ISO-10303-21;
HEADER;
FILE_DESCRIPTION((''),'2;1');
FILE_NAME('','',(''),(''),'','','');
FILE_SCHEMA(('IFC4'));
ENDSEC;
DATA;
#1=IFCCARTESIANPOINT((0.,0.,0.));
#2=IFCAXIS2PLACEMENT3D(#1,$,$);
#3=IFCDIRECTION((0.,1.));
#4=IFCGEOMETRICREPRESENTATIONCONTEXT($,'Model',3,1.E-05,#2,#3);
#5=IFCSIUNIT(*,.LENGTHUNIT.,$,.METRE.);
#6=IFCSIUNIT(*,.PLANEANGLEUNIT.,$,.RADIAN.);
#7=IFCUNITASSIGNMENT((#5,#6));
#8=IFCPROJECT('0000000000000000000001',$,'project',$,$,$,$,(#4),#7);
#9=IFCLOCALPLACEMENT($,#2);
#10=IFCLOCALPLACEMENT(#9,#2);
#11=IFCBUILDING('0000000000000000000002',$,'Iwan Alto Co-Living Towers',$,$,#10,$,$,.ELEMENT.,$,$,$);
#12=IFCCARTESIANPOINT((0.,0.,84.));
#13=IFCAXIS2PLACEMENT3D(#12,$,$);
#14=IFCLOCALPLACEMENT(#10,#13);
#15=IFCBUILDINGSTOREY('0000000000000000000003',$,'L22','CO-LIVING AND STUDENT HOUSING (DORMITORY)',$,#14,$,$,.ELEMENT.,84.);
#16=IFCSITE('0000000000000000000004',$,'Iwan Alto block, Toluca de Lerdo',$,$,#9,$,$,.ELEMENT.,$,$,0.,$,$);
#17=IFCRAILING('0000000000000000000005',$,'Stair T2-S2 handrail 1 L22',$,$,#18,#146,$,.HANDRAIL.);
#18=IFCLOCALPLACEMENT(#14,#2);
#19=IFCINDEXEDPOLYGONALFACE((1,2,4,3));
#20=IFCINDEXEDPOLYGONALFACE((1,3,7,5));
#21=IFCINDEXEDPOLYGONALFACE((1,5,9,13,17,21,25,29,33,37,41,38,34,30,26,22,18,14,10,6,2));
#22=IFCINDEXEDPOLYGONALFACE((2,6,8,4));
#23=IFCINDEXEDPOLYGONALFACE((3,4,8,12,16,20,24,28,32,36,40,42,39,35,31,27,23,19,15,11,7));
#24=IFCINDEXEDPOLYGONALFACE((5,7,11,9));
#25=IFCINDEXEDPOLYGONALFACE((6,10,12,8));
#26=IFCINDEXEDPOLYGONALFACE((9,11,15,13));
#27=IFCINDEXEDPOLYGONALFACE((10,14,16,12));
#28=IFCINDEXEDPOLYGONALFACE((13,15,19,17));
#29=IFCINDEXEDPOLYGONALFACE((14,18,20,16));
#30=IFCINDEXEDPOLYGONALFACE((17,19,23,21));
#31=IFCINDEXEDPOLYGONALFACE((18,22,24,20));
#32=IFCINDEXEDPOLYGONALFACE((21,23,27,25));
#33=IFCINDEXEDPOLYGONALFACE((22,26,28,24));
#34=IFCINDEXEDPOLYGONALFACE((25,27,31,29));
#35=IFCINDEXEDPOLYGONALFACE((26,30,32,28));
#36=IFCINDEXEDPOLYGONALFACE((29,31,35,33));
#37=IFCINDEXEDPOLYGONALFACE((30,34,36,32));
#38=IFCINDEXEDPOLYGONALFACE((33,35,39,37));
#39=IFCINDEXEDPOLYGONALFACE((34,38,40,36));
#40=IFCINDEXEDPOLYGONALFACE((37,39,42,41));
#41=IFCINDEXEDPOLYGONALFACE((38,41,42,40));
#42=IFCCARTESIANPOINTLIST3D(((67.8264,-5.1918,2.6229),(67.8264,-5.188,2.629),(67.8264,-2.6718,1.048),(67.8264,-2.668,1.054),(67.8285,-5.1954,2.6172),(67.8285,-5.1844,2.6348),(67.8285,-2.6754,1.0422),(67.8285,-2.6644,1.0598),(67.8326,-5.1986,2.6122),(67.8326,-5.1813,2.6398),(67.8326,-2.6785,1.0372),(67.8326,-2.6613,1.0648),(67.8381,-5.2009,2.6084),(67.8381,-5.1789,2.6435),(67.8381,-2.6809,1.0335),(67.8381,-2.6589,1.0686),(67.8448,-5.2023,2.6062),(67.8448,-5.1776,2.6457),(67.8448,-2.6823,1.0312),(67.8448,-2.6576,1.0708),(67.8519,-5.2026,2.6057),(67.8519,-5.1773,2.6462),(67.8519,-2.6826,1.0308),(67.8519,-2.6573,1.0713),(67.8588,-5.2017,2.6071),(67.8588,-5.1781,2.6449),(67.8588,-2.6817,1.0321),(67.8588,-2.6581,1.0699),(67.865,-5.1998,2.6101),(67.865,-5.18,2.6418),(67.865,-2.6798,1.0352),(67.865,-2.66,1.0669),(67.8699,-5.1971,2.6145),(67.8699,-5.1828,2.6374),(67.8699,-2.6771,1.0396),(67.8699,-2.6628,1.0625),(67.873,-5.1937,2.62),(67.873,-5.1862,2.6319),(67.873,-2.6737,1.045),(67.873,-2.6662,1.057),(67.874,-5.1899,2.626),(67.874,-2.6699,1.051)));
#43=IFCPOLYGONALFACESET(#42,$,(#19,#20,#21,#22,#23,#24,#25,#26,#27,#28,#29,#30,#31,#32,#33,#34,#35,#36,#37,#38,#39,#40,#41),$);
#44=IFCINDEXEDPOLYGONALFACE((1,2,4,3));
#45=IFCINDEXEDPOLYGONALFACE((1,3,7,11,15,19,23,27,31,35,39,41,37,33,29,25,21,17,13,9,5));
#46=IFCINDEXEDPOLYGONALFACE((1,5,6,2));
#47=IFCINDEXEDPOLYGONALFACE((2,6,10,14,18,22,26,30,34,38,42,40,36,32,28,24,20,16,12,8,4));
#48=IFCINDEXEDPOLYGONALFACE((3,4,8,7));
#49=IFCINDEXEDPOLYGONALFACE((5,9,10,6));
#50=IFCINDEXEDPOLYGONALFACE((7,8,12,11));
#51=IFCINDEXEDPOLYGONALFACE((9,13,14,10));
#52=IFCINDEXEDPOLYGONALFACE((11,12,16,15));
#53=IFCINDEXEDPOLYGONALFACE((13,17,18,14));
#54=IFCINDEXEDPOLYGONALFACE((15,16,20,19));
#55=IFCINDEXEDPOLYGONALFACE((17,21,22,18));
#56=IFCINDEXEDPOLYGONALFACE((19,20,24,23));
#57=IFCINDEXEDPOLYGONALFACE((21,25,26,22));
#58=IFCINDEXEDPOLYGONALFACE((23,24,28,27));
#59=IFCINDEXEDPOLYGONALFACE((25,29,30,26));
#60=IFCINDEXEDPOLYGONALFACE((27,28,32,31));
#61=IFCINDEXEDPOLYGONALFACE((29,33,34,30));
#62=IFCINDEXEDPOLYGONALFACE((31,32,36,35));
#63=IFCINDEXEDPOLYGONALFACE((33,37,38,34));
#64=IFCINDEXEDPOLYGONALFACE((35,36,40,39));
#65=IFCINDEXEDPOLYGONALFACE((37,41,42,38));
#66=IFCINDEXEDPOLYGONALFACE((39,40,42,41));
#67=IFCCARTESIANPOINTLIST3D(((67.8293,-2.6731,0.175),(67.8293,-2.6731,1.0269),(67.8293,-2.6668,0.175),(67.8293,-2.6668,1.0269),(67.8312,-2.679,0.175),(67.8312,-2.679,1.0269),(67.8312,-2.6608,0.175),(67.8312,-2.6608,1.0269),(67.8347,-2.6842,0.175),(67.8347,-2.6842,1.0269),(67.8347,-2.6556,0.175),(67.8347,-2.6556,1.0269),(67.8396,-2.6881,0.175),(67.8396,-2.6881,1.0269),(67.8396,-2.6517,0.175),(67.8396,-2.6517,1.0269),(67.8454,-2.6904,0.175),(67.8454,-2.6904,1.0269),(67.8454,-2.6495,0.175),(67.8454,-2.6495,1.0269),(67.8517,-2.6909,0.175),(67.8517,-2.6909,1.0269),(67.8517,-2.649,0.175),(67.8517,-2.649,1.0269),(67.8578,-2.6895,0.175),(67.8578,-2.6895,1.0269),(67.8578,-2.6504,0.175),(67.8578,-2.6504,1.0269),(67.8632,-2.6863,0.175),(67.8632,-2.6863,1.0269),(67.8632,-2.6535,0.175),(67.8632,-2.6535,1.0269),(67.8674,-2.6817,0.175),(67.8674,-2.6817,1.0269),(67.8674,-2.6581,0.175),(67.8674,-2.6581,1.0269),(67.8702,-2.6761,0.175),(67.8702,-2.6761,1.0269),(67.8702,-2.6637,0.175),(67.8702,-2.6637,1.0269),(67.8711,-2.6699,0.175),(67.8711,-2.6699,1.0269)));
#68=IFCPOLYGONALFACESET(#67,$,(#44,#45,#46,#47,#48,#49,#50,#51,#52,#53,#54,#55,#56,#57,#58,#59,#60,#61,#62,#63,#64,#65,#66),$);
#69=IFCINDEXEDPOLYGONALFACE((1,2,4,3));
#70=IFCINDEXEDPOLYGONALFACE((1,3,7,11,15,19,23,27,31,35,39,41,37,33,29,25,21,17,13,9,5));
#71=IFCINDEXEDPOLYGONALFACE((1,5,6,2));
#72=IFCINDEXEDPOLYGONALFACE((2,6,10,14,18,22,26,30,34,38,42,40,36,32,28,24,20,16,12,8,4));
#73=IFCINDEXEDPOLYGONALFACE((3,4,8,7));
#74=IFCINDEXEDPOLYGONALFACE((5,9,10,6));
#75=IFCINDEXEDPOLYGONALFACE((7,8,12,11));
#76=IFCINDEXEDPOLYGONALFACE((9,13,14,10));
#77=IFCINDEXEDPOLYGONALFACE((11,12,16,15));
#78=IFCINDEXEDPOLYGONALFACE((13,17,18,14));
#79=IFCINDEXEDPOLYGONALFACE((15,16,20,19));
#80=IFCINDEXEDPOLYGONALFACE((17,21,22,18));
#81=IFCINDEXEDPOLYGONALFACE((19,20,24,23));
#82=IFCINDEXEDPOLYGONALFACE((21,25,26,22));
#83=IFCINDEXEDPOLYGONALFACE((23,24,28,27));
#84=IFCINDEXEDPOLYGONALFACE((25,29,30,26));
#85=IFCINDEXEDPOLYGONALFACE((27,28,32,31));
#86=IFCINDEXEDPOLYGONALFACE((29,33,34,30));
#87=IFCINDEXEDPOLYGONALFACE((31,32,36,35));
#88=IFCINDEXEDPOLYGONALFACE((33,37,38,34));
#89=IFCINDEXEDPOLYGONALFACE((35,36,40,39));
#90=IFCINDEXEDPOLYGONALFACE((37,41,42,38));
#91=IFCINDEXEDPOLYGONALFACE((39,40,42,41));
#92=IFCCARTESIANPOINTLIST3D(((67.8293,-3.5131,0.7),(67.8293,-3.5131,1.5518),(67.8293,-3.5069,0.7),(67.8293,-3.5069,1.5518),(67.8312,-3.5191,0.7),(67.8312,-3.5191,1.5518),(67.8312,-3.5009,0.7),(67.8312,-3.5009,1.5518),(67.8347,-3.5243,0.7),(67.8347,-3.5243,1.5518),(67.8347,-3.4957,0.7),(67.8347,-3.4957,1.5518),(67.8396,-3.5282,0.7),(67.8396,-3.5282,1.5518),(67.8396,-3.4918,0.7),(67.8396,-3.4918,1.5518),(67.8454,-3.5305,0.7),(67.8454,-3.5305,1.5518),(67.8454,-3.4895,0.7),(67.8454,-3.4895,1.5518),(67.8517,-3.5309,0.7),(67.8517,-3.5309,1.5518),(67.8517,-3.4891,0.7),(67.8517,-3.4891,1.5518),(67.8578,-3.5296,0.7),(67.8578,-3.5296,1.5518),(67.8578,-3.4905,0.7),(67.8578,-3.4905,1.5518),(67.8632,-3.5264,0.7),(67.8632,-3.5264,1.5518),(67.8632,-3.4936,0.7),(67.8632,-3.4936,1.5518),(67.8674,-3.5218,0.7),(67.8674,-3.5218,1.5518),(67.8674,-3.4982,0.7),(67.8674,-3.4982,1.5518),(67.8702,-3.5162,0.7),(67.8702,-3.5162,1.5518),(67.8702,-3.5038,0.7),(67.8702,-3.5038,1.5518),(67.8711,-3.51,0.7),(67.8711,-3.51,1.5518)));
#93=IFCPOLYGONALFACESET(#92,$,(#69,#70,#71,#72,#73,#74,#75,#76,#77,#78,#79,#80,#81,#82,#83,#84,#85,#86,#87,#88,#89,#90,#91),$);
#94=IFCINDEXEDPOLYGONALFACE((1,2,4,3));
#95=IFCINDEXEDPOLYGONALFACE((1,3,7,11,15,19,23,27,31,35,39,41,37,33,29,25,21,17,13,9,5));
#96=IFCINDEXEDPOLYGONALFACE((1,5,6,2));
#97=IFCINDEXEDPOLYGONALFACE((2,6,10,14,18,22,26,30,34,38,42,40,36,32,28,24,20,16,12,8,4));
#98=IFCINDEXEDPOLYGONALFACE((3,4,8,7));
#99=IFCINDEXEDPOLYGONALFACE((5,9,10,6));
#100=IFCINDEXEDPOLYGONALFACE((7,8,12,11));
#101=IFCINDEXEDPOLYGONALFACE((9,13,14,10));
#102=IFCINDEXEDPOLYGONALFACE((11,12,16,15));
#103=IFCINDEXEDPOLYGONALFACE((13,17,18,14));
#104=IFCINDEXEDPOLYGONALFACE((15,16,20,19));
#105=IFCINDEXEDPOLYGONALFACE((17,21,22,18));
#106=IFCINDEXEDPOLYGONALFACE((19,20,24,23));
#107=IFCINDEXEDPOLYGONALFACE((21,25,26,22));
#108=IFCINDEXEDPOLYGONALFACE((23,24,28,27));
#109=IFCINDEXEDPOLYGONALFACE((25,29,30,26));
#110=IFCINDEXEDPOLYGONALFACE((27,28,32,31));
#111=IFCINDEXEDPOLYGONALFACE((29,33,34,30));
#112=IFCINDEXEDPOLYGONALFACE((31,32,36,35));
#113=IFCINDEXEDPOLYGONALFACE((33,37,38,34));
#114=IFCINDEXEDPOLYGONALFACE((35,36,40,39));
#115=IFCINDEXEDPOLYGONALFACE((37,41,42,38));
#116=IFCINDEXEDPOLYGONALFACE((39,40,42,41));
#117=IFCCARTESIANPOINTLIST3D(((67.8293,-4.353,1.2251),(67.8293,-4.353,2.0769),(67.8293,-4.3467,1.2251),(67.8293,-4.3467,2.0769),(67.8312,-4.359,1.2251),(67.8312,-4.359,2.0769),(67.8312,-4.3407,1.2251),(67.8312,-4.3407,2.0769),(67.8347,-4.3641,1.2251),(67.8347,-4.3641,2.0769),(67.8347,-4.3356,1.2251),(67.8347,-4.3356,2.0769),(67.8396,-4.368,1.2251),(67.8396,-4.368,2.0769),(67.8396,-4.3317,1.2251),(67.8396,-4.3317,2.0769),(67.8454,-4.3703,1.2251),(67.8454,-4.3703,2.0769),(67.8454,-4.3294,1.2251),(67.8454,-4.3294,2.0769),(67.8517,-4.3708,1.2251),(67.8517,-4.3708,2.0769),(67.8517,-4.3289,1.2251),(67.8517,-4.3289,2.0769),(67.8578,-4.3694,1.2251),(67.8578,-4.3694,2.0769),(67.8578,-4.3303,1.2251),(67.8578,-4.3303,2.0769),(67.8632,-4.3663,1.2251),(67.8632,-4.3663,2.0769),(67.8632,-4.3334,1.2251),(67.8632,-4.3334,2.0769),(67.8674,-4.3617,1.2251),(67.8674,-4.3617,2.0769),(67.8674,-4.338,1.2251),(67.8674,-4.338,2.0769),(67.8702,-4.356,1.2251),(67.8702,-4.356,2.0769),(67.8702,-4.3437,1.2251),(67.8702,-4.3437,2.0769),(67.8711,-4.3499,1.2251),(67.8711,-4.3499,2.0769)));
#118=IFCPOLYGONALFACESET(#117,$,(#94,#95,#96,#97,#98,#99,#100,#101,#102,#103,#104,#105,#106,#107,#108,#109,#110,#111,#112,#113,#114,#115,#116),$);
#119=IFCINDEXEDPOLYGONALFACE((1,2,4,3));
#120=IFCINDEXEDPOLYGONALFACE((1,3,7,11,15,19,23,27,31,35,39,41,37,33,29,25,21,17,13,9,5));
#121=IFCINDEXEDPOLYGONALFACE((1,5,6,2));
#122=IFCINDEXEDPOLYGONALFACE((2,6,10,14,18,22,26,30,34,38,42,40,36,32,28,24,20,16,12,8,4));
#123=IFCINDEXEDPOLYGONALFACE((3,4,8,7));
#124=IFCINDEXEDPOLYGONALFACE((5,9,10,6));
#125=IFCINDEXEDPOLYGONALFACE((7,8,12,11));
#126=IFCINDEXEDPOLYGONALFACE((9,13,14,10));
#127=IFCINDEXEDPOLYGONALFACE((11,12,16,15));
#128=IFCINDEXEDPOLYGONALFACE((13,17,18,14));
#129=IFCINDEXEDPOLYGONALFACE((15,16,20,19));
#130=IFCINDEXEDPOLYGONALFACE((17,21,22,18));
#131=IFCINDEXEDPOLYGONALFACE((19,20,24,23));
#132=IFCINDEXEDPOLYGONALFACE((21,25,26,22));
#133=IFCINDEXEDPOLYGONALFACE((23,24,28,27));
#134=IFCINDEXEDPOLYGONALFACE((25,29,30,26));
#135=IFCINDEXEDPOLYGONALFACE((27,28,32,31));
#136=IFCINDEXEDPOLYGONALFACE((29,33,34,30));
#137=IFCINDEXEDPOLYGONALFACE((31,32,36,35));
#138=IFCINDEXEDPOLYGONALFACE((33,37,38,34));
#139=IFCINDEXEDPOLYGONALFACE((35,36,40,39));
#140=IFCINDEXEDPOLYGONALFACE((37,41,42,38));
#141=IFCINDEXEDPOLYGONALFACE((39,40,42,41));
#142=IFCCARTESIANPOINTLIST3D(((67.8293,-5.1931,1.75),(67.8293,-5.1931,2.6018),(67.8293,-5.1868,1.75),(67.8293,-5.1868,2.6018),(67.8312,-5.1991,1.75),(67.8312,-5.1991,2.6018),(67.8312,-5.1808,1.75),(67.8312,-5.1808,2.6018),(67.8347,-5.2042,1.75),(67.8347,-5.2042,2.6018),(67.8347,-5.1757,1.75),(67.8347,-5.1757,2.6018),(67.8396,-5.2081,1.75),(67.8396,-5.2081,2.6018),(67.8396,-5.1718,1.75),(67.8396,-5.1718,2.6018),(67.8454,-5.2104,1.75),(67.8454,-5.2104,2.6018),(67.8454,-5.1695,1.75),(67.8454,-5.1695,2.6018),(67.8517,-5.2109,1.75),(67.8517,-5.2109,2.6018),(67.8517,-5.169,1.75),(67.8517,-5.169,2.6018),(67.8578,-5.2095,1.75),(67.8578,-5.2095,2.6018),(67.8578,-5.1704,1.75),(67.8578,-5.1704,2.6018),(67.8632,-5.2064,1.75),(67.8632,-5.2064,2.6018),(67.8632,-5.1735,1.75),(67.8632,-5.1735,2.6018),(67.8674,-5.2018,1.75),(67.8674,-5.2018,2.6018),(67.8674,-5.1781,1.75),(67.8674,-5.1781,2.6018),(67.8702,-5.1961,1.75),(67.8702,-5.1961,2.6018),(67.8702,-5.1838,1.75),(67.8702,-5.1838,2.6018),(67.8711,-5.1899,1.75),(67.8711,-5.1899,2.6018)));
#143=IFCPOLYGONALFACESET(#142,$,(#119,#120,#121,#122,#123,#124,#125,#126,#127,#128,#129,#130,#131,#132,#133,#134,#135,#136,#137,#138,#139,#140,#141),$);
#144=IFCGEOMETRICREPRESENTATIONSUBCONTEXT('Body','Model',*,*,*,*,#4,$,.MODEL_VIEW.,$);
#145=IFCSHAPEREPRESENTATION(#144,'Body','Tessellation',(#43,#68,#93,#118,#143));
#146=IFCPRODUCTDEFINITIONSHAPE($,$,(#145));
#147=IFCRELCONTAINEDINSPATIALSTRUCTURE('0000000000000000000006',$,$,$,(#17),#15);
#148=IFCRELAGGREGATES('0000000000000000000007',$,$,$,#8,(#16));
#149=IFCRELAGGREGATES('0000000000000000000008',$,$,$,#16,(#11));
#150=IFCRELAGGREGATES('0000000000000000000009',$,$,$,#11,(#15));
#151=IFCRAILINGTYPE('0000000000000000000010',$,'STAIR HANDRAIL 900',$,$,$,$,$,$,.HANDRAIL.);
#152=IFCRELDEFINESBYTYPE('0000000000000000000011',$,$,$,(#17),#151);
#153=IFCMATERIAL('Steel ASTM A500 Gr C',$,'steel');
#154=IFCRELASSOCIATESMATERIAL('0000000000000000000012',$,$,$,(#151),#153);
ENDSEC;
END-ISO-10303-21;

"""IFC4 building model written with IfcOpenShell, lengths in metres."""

from ifc_helpers import new_model, si_unit, direction, frame, origin, origin_2d, place, context, subcontext, project, spatial, circle, extrude, material, type_object, element, save


model = new_model("IFC4")

# Units and contexts
model_context = context("Model", 3, precision=1e-05, world=origin(), true_north=direction((0.0, 1.0)))
body_context = subcontext(model_context, "Body", "Model", "MODEL_VIEW")
ifc_project = project(units=[si_unit("LENGTHUNIT", "METRE"), si_unit("PLANEANGLEUNIT", "RADIAN")], contexts=[model_context])

# Site, building, storey
site_placement = place(None, origin())
site = spatial("IfcSite", under=ifc_project, at=site_placement, Name="Iwan Alto block, Toluca de Lerdo", CompositionType="ELEMENT", RefElevation=0.0)
building_placement = place(site_placement, origin())
building = spatial("IfcBuilding", under=site, at=building_placement, Name="Iwan Alto Co-Living Towers", CompositionType="ELEMENT")
storey_placement = place(building_placement, frame((0.0, 0.0, 84.0)))
storey = spatial("IfcBuildingStorey", under=building, at=storey_placement, Name="L22", Description="CO-LIVING AND STUDENT HOUSING (DORMITORY)", CompositionType="ELEMENT", Elevation=84.0)

# Railing
ifc_material_1 = material(Name="Steel ASTM A500 Gr C", Category="steel")
railing_type_1 = type_object("IfcRailingType", Name="STAIR HANDRAIL 900", PredefinedType="HANDRAIL", material=ifc_material_1)
railing_1_placement = place(storey_placement, frame((67.8501, -2.6699, 0.175)))
element("IfcRailing", 1, at=railing_1_placement, inside=storey, type_object=railing_type_1, Name="Stair T2-S2 handrail 1 L22", PredefinedType="HANDRAIL", context=body_context, shape_type="SweptSolid", body=[
    extrude(circle(Radius=0.0239, at=origin_2d()), frame((0.0, 0.0, 0.876), z_axis=(0.0, -0.848008, 0.529984), x_axis=(1.0, 0.0, 0.0)), (0.0, 0.0, 1.0), 2.9717),
    extrude(circle(Radius=0.021, at=origin_2d()), origin(), (0.0, 0.0, 1.0), 0.8518),
    extrude(circle(Radius=0.021, at=origin_2d()), frame((0.0, -0.8401, 0.5249)), (0.0, 0.0, 1.0), 0.8518),
    extrude(circle(Radius=0.021, at=origin_2d()), frame((0.0, -1.6799, 1.05)), (0.0, 0.0, 1.0), 0.8518),
    extrude(circle(Radius=0.021, at=origin_2d()), frame((0.0, -2.52, 1.575)), (0.0, 0.0, 1.0), 0.8518),
])

save(model, "model.ifc")
